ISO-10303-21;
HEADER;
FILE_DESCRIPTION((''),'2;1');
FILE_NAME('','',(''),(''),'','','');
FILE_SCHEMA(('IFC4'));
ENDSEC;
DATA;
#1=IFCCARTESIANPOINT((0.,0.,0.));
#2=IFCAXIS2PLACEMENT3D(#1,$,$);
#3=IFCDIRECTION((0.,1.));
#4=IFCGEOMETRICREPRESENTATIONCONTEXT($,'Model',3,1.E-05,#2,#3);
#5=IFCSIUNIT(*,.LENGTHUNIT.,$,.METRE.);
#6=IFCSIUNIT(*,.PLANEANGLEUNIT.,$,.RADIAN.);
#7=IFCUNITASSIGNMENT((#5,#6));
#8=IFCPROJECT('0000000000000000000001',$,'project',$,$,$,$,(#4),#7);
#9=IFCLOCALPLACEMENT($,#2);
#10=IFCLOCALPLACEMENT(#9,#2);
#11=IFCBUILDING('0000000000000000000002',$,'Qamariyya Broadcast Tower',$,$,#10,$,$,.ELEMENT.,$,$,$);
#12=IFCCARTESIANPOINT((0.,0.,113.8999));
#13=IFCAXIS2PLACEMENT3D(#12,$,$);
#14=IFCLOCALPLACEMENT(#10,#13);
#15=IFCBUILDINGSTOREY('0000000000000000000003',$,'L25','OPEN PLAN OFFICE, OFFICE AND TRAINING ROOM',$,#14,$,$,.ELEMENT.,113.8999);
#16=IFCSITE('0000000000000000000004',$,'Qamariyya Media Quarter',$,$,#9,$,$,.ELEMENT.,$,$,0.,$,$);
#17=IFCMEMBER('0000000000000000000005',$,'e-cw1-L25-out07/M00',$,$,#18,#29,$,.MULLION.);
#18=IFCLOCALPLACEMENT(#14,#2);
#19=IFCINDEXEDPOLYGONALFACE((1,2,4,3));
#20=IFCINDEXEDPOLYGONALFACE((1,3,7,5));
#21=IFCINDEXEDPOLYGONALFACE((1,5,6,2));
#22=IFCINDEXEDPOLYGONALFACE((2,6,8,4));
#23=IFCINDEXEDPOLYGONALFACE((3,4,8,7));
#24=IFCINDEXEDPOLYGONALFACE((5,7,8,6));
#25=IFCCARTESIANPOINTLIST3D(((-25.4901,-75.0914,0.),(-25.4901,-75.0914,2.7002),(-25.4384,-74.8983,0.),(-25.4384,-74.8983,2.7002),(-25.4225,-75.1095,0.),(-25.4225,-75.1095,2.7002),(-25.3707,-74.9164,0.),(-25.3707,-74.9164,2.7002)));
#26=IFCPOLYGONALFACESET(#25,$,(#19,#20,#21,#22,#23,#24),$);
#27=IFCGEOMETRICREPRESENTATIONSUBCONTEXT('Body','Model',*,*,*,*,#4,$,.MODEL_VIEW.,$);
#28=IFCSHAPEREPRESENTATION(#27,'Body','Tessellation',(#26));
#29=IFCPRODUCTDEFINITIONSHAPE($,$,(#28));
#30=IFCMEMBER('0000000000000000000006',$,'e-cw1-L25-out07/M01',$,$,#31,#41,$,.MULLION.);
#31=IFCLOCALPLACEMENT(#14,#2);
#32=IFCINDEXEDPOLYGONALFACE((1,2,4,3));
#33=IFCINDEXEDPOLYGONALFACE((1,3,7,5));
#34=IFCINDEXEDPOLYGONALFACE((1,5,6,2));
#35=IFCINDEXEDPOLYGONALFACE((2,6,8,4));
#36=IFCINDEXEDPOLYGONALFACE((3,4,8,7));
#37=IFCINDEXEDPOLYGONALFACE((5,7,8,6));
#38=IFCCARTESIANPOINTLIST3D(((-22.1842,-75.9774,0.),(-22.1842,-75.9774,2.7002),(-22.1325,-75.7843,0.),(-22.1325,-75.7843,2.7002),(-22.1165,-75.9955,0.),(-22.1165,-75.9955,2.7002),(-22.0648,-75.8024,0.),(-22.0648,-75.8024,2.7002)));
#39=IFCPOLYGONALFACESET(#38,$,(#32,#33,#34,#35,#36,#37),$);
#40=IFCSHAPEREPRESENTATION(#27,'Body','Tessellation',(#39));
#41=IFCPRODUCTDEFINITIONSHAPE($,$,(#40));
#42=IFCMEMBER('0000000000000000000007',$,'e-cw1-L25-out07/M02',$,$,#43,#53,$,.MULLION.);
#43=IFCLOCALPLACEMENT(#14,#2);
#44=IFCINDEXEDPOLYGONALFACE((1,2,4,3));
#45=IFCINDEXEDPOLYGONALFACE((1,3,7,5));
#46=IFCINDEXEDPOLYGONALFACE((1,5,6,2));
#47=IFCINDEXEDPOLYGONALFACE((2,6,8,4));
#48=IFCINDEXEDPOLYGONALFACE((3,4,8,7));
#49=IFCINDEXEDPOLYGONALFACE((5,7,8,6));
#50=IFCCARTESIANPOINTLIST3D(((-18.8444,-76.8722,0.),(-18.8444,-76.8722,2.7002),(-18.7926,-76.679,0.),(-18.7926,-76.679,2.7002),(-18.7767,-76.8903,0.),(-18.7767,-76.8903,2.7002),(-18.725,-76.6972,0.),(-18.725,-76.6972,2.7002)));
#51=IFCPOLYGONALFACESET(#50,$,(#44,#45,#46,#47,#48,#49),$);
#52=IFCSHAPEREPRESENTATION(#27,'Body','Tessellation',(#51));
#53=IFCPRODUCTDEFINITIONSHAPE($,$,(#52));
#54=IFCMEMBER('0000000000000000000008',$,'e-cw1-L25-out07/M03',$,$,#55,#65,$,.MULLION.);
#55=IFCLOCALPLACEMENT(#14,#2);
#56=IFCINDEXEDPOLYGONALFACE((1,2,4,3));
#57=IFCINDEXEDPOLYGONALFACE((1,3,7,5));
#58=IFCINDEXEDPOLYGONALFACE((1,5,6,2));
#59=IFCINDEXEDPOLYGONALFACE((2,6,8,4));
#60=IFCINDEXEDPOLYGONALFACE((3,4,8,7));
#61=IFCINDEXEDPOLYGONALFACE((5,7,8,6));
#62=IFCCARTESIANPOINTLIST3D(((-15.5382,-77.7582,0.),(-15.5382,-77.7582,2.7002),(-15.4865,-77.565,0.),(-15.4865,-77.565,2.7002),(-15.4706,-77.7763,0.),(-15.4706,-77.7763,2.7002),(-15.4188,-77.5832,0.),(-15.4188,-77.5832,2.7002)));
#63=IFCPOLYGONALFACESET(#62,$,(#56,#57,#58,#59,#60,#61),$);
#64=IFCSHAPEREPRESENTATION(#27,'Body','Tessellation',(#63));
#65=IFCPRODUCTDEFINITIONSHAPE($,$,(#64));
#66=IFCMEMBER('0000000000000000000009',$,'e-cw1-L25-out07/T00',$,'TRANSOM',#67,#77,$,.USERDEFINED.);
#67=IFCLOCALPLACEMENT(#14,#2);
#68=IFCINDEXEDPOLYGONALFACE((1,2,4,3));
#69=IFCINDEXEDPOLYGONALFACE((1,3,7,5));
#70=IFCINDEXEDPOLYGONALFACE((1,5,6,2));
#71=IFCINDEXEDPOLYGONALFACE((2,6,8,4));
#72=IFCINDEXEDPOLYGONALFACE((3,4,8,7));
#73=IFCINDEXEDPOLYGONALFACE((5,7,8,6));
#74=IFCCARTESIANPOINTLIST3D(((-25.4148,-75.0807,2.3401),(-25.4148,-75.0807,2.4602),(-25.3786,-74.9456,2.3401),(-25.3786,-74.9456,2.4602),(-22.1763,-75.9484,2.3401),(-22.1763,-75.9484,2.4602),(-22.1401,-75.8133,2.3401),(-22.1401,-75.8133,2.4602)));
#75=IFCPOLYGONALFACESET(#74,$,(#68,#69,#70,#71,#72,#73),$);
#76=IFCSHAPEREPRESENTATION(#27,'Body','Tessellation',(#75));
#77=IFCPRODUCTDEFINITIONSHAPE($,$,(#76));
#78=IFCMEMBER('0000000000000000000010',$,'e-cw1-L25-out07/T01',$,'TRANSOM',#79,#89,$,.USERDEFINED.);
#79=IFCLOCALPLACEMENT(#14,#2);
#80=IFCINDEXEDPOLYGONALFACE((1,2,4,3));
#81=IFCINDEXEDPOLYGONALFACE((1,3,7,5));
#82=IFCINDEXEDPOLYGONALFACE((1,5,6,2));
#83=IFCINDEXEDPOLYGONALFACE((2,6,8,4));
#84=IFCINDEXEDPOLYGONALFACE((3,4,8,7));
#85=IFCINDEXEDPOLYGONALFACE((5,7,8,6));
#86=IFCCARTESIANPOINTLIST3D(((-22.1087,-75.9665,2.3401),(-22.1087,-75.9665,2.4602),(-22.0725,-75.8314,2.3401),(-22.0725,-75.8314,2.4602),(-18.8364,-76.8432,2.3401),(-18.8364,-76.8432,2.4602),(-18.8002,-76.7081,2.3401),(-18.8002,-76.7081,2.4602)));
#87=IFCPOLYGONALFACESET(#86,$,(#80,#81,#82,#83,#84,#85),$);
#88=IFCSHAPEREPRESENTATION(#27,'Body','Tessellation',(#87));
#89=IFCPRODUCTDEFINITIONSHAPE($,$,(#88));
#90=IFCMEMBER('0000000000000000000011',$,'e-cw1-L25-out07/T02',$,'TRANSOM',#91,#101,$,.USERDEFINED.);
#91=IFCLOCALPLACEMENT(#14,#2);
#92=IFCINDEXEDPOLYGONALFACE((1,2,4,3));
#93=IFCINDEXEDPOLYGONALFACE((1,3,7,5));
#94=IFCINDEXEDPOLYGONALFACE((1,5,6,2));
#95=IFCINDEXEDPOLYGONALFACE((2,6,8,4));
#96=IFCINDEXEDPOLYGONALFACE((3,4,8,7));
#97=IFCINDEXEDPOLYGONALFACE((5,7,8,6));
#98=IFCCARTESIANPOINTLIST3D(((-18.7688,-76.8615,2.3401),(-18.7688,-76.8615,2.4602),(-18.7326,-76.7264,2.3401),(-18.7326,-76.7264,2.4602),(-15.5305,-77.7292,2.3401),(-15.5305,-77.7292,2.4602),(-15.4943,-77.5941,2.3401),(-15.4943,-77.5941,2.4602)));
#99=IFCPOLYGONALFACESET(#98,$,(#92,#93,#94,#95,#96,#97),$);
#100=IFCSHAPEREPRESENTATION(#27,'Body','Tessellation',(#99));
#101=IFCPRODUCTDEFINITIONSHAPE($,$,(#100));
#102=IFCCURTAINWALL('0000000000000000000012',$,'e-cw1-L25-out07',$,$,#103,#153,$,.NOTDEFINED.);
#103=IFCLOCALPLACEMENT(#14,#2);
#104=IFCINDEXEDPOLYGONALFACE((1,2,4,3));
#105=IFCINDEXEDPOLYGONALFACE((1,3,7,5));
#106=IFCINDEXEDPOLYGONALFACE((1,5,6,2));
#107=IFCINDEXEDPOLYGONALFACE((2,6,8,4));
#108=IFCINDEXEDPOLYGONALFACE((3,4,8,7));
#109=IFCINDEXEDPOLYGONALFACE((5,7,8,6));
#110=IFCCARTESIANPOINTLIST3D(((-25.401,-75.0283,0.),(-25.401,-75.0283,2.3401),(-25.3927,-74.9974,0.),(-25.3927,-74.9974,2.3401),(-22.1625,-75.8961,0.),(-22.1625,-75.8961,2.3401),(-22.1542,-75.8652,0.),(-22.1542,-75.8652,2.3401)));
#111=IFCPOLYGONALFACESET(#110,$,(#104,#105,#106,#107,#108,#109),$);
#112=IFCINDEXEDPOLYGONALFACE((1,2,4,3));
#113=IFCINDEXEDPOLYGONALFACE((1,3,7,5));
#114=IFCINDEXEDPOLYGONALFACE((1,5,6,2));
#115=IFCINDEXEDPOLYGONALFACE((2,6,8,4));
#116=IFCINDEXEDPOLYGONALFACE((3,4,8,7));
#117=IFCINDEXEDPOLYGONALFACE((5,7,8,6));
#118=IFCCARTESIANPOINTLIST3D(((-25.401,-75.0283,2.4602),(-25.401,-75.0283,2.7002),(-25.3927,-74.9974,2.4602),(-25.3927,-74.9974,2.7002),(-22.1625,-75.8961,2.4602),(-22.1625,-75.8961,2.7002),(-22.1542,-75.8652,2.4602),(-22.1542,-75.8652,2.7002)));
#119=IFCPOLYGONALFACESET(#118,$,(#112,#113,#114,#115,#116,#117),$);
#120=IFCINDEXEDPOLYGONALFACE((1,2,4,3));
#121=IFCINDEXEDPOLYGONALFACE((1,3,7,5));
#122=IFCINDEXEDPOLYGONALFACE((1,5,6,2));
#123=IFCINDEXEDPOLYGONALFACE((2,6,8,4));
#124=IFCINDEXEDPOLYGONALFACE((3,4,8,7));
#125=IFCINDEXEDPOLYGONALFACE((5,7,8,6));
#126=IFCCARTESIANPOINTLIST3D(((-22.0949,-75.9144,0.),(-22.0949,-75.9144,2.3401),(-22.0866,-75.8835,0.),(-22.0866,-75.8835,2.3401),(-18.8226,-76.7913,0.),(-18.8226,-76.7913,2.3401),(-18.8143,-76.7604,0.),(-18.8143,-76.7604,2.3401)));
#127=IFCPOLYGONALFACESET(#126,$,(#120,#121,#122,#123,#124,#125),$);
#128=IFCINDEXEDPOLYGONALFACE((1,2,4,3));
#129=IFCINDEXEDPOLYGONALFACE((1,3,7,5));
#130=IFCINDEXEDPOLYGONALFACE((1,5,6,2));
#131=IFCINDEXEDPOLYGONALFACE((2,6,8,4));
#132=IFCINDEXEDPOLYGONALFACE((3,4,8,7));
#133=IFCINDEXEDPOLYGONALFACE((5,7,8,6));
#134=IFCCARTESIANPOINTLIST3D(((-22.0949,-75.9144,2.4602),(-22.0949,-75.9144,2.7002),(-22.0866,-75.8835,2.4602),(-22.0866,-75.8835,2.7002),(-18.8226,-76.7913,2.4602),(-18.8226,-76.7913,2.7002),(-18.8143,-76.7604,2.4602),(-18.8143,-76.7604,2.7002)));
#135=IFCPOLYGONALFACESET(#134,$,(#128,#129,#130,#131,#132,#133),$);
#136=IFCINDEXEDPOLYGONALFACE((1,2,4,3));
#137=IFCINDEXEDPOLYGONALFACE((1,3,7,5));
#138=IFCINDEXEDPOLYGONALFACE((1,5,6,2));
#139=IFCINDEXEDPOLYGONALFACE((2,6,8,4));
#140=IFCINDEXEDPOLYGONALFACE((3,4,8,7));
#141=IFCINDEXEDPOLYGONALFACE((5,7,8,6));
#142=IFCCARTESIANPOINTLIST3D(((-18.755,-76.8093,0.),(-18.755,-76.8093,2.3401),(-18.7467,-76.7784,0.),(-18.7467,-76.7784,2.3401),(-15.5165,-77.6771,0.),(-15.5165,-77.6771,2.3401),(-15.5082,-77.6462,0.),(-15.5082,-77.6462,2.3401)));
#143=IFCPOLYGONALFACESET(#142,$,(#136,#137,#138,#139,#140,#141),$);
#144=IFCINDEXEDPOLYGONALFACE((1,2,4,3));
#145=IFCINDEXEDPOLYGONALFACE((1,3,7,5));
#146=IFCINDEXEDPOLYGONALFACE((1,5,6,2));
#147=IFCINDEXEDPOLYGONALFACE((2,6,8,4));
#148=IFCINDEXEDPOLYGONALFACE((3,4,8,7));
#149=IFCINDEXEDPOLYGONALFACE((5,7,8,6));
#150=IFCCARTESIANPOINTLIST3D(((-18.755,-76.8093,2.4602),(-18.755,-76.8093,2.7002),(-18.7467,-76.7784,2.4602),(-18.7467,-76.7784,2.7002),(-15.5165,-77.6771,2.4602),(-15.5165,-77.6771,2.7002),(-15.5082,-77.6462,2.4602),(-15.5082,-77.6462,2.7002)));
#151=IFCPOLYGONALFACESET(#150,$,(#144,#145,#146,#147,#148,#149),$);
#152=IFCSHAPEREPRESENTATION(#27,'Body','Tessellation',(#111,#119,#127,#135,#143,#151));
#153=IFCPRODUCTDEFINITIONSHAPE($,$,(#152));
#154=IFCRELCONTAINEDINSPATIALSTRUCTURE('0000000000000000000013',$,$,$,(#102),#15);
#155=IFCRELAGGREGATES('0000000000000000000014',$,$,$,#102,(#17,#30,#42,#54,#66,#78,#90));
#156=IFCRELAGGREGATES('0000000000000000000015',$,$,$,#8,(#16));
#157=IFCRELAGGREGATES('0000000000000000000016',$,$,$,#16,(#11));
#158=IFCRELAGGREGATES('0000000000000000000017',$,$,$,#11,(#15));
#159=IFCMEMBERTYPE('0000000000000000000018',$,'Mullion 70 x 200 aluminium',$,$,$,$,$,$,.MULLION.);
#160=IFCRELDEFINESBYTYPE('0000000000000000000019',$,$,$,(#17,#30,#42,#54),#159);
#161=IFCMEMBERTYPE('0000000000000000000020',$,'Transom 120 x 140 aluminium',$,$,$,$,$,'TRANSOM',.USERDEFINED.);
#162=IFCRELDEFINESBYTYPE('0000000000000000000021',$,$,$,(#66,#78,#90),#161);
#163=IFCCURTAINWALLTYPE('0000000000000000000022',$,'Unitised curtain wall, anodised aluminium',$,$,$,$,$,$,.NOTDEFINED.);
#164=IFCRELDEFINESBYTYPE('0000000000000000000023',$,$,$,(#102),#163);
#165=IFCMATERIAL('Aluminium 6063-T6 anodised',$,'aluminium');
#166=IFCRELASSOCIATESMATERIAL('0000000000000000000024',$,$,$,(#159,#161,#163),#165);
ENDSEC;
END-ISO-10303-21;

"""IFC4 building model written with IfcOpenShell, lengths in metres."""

from ifc_helpers import new_model, si_unit, direction, frame, origin, origin_2d, place, context, subcontext, project, spatial, rectangle, extrude, material, material_profile, profile_set, type_object, element, aggregate, save


model = new_model("IFC4")

# Units and contexts
model_context = context("Model", 3, precision=1e-05, world=origin(), true_north=direction((0.0, 1.0)))
body_context = subcontext(model_context, "Body", "Model", "MODEL_VIEW")
ifc_project = project(units=[si_unit("LENGTHUNIT", "METRE"), si_unit("PLANEANGLEUNIT", "RADIAN")], contexts=[model_context])

# Members
ifc_material = material(Name="Aluminium 6063-T6 anodised", Category="aluminium")
ifc_material_profile_1 = material_profile(ifc_material, rectangle(XDim=0.2, YDim=0.0701, at=origin_2d()))
ifc_profile_set_1 = profile_set([ifc_material_profile_1], Name="Aluminium 6063-T6 anodised")
member_type_1 = type_object("IfcMemberType", Name="Mullion 70 x 200 aluminium", PredefinedType="MULLION", material=ifc_profile_set_1)
site_placement = place(None, origin())
building_placement = place(site_placement, origin())
storey_placement = place(building_placement, frame((0.0, 0.0, 113.8999)))
member_1_placement = place(storey_placement, frame((-25.4304, -75.0039, 0.0), z_axis=(0.0, 0.0, 1.0), x_axis=(0.258819, 0.965926, 0.0)))
member_1 = element("IfcMember", 1, at=member_1_placement, type_object=member_type_1, Name="e-cw1-L25-out07/M00", PredefinedType="MULLION", context=body_context, shape_type="SweptSolid", body=[
    extrude(rectangle(XDim=0.2, YDim=0.0701, at=origin_2d()), origin(), (0.0, 0.0, 1.0), 2.7002),
])
member_2_placement = place(storey_placement, frame((-22.1245, -75.8899, 0.0), z_axis=(0.0, 0.0, 1.0), x_axis=(0.258819, 0.965926, 0.0)))
member_2 = element("IfcMember", 2, at=member_2_placement, type_object=member_type_1, Name="e-cw1-L25-out07/M01", PredefinedType="MULLION", context=body_context, shape_type="SweptSolid", body=[
    extrude(rectangle(XDim=0.2, YDim=0.0701, at=origin_2d()), origin(), (0.0, 0.0, 1.0), 2.7002),
])
member_3_placement = place(storey_placement, frame((-18.7847, -76.7847, 0.0), z_axis=(0.0, 0.0, 1.0), x_axis=(0.258819, 0.965926, 0.0)))
member_3 = element("IfcMember", 3, at=member_3_placement, type_object=member_type_1, Name="e-cw1-L25-out07/M02", PredefinedType="MULLION", context=body_context, shape_type="SweptSolid", body=[
    extrude(rectangle(XDim=0.2, YDim=0.0701, at=origin_2d()), origin(), (0.0, 0.0, 1.0), 2.7002),
])
member_4_placement = place(storey_placement, frame((-15.4785, -77.6707, 0.0), z_axis=(0.0, 0.0, 1.0), x_axis=(0.258819, 0.965926, 0.0)))
member_4 = element("IfcMember", 4, at=member_4_placement, type_object=member_type_1, Name="e-cw1-L25-out07/M03", PredefinedType="MULLION", context=body_context, shape_type="SweptSolid", body=[
    extrude(rectangle(XDim=0.2, YDim=0.0701, at=origin_2d()), origin(), (0.0, 0.0, 1.0), 2.7002),
])
ifc_material_profile_2 = material_profile(ifc_material, rectangle(XDim=0.1399, YDim=0.1201, at=origin_2d()))
ifc_profile_set_2 = profile_set([ifc_material_profile_2], Name="Aluminium 6063-T6 anodised")
member_type_2 = type_object("IfcMemberType", Name="Transom 120 x 140 aluminium", ElementType="TRANSOM", PredefinedType="USERDEFINED", material=ifc_profile_set_2)
member_5_placement = place(storey_placement, frame((-25.3967, -75.0132, 2.4001), z_axis=(0.965932, -0.258796, 0.0), x_axis=(0.258796, 0.965932, 0.0)))
member_5 = element("IfcMember", 5, at=member_5_placement, type_object=member_type_2, Name="e-cw1-L25-out07/T00", ObjectType="TRANSOM", PredefinedType="USERDEFINED", context=body_context, shape_type="SweptSolid", body=[
    extrude(rectangle(XDim=0.1399, YDim=0.1201, at=origin_2d()), origin(), (0.0, 0.0, 1.0), 3.3528),
])
member_6_placement = place(storey_placement, frame((-22.0906, -75.8989, 2.4001), z_axis=(0.965932, -0.258797, 0.0), x_axis=(0.258797, 0.965932, 0.0)))
member_6 = element("IfcMember", 6, at=member_6_placement, type_object=member_type_2, Name="e-cw1-L25-out07/T01", ObjectType="TRANSOM", PredefinedType="USERDEFINED", context=body_context, shape_type="SweptSolid", body=[
    extrude(rectangle(XDim=0.1399, YDim=0.1201, at=origin_2d()), origin(), (0.0, 0.0, 1.0), 3.3877),
])
member_7_placement = place(storey_placement, frame((-18.7507, -76.7939, 2.4001), z_axis=(0.965927, -0.258814, 0.0), x_axis=(0.258814, 0.965927, 0.0)))
member_7 = element("IfcMember", 7, at=member_7_placement, type_object=member_type_2, Name="e-cw1-L25-out07/T02", ObjectType="TRANSOM", PredefinedType="USERDEFINED", context=body_context, shape_type="SweptSolid", body=[
    extrude(rectangle(XDim=0.1399, YDim=0.1201, at=origin_2d()), origin(), (0.0, 0.0, 1.0), 3.3525),
])

# Site, building, storey
site = spatial("IfcSite", under=ifc_project, at=site_placement, Name="Qamariyya Media Quarter", CompositionType="ELEMENT", RefElevation=0.0)
building = spatial("IfcBuilding", under=site, at=building_placement, Name="Qamariyya Broadcast Tower", CompositionType="ELEMENT")
storey = spatial("IfcBuildingStorey", under=building, at=storey_placement, Name="L25", Description="OPEN PLAN OFFICE, OFFICE AND TRAINING ROOM", CompositionType="ELEMENT", Elevation=113.8999)

# Curtain wall
curtain_wall_type = type_object("IfcCurtainWallType", Name="Unitised curtain wall, anodised aluminium", PredefinedType="NOTDEFINED", material=ifc_material)
curtain_wall_1_placement = place(storey_placement, origin())
curtain_wall_1 = element("IfcCurtainWall", 8, at=curtain_wall_1_placement, inside=storey, type_object=curtain_wall_type, Name="e-cw1-L25-out07", PredefinedType="NOTDEFINED", context=body_context, shape_type="SweptSolid", body=[
    extrude(rectangle(XDim=3.3528, YDim=0.032, at=origin_2d()), frame((-23.7776, -75.4468, 0.0), x_axis=(0.965924, -0.258827, 0.0)), (0.0, 0.0, 1.0), 2.3401),
    extrude(rectangle(XDim=3.3528, YDim=0.032, at=origin_2d()), frame((-23.7776, -75.4468, 2.4602), x_axis=(0.965924, -0.258827, 0.0)), (0.0, 0.0, 1.0), 0.24),
    extrude(rectangle(XDim=3.3877, YDim=0.032, at=origin_2d()), frame((-20.4546, -76.3374, 0.0), x_axis=(0.965924, -0.258827, 0.0)), (0.0, 0.0, 1.0), 2.3401),
    extrude(rectangle(XDim=3.3877, YDim=0.032, at=origin_2d()), frame((-20.4546, -76.3374, 2.4602), x_axis=(0.965924, -0.258827, 0.0)), (0.0, 0.0, 1.0), 0.24),
    extrude(rectangle(XDim=3.3528, YDim=0.032, at=origin_2d()), frame((-17.1316, -77.2278, 0.0), x_axis=(0.965924, -0.258827, 0.0)), (0.0, 0.0, 1.0), 2.3401),
    extrude(rectangle(XDim=3.3528, YDim=0.032, at=origin_2d()), frame((-17.1316, -77.2278, 2.4602), x_axis=(0.965924, -0.258827, 0.0)), (0.0, 0.0, 1.0), 0.24),
])
aggregate(curtain_wall_1, [member_1, member_2, member_3, member_4, member_5, member_6, member_7])

save(model, "model.ifc")
